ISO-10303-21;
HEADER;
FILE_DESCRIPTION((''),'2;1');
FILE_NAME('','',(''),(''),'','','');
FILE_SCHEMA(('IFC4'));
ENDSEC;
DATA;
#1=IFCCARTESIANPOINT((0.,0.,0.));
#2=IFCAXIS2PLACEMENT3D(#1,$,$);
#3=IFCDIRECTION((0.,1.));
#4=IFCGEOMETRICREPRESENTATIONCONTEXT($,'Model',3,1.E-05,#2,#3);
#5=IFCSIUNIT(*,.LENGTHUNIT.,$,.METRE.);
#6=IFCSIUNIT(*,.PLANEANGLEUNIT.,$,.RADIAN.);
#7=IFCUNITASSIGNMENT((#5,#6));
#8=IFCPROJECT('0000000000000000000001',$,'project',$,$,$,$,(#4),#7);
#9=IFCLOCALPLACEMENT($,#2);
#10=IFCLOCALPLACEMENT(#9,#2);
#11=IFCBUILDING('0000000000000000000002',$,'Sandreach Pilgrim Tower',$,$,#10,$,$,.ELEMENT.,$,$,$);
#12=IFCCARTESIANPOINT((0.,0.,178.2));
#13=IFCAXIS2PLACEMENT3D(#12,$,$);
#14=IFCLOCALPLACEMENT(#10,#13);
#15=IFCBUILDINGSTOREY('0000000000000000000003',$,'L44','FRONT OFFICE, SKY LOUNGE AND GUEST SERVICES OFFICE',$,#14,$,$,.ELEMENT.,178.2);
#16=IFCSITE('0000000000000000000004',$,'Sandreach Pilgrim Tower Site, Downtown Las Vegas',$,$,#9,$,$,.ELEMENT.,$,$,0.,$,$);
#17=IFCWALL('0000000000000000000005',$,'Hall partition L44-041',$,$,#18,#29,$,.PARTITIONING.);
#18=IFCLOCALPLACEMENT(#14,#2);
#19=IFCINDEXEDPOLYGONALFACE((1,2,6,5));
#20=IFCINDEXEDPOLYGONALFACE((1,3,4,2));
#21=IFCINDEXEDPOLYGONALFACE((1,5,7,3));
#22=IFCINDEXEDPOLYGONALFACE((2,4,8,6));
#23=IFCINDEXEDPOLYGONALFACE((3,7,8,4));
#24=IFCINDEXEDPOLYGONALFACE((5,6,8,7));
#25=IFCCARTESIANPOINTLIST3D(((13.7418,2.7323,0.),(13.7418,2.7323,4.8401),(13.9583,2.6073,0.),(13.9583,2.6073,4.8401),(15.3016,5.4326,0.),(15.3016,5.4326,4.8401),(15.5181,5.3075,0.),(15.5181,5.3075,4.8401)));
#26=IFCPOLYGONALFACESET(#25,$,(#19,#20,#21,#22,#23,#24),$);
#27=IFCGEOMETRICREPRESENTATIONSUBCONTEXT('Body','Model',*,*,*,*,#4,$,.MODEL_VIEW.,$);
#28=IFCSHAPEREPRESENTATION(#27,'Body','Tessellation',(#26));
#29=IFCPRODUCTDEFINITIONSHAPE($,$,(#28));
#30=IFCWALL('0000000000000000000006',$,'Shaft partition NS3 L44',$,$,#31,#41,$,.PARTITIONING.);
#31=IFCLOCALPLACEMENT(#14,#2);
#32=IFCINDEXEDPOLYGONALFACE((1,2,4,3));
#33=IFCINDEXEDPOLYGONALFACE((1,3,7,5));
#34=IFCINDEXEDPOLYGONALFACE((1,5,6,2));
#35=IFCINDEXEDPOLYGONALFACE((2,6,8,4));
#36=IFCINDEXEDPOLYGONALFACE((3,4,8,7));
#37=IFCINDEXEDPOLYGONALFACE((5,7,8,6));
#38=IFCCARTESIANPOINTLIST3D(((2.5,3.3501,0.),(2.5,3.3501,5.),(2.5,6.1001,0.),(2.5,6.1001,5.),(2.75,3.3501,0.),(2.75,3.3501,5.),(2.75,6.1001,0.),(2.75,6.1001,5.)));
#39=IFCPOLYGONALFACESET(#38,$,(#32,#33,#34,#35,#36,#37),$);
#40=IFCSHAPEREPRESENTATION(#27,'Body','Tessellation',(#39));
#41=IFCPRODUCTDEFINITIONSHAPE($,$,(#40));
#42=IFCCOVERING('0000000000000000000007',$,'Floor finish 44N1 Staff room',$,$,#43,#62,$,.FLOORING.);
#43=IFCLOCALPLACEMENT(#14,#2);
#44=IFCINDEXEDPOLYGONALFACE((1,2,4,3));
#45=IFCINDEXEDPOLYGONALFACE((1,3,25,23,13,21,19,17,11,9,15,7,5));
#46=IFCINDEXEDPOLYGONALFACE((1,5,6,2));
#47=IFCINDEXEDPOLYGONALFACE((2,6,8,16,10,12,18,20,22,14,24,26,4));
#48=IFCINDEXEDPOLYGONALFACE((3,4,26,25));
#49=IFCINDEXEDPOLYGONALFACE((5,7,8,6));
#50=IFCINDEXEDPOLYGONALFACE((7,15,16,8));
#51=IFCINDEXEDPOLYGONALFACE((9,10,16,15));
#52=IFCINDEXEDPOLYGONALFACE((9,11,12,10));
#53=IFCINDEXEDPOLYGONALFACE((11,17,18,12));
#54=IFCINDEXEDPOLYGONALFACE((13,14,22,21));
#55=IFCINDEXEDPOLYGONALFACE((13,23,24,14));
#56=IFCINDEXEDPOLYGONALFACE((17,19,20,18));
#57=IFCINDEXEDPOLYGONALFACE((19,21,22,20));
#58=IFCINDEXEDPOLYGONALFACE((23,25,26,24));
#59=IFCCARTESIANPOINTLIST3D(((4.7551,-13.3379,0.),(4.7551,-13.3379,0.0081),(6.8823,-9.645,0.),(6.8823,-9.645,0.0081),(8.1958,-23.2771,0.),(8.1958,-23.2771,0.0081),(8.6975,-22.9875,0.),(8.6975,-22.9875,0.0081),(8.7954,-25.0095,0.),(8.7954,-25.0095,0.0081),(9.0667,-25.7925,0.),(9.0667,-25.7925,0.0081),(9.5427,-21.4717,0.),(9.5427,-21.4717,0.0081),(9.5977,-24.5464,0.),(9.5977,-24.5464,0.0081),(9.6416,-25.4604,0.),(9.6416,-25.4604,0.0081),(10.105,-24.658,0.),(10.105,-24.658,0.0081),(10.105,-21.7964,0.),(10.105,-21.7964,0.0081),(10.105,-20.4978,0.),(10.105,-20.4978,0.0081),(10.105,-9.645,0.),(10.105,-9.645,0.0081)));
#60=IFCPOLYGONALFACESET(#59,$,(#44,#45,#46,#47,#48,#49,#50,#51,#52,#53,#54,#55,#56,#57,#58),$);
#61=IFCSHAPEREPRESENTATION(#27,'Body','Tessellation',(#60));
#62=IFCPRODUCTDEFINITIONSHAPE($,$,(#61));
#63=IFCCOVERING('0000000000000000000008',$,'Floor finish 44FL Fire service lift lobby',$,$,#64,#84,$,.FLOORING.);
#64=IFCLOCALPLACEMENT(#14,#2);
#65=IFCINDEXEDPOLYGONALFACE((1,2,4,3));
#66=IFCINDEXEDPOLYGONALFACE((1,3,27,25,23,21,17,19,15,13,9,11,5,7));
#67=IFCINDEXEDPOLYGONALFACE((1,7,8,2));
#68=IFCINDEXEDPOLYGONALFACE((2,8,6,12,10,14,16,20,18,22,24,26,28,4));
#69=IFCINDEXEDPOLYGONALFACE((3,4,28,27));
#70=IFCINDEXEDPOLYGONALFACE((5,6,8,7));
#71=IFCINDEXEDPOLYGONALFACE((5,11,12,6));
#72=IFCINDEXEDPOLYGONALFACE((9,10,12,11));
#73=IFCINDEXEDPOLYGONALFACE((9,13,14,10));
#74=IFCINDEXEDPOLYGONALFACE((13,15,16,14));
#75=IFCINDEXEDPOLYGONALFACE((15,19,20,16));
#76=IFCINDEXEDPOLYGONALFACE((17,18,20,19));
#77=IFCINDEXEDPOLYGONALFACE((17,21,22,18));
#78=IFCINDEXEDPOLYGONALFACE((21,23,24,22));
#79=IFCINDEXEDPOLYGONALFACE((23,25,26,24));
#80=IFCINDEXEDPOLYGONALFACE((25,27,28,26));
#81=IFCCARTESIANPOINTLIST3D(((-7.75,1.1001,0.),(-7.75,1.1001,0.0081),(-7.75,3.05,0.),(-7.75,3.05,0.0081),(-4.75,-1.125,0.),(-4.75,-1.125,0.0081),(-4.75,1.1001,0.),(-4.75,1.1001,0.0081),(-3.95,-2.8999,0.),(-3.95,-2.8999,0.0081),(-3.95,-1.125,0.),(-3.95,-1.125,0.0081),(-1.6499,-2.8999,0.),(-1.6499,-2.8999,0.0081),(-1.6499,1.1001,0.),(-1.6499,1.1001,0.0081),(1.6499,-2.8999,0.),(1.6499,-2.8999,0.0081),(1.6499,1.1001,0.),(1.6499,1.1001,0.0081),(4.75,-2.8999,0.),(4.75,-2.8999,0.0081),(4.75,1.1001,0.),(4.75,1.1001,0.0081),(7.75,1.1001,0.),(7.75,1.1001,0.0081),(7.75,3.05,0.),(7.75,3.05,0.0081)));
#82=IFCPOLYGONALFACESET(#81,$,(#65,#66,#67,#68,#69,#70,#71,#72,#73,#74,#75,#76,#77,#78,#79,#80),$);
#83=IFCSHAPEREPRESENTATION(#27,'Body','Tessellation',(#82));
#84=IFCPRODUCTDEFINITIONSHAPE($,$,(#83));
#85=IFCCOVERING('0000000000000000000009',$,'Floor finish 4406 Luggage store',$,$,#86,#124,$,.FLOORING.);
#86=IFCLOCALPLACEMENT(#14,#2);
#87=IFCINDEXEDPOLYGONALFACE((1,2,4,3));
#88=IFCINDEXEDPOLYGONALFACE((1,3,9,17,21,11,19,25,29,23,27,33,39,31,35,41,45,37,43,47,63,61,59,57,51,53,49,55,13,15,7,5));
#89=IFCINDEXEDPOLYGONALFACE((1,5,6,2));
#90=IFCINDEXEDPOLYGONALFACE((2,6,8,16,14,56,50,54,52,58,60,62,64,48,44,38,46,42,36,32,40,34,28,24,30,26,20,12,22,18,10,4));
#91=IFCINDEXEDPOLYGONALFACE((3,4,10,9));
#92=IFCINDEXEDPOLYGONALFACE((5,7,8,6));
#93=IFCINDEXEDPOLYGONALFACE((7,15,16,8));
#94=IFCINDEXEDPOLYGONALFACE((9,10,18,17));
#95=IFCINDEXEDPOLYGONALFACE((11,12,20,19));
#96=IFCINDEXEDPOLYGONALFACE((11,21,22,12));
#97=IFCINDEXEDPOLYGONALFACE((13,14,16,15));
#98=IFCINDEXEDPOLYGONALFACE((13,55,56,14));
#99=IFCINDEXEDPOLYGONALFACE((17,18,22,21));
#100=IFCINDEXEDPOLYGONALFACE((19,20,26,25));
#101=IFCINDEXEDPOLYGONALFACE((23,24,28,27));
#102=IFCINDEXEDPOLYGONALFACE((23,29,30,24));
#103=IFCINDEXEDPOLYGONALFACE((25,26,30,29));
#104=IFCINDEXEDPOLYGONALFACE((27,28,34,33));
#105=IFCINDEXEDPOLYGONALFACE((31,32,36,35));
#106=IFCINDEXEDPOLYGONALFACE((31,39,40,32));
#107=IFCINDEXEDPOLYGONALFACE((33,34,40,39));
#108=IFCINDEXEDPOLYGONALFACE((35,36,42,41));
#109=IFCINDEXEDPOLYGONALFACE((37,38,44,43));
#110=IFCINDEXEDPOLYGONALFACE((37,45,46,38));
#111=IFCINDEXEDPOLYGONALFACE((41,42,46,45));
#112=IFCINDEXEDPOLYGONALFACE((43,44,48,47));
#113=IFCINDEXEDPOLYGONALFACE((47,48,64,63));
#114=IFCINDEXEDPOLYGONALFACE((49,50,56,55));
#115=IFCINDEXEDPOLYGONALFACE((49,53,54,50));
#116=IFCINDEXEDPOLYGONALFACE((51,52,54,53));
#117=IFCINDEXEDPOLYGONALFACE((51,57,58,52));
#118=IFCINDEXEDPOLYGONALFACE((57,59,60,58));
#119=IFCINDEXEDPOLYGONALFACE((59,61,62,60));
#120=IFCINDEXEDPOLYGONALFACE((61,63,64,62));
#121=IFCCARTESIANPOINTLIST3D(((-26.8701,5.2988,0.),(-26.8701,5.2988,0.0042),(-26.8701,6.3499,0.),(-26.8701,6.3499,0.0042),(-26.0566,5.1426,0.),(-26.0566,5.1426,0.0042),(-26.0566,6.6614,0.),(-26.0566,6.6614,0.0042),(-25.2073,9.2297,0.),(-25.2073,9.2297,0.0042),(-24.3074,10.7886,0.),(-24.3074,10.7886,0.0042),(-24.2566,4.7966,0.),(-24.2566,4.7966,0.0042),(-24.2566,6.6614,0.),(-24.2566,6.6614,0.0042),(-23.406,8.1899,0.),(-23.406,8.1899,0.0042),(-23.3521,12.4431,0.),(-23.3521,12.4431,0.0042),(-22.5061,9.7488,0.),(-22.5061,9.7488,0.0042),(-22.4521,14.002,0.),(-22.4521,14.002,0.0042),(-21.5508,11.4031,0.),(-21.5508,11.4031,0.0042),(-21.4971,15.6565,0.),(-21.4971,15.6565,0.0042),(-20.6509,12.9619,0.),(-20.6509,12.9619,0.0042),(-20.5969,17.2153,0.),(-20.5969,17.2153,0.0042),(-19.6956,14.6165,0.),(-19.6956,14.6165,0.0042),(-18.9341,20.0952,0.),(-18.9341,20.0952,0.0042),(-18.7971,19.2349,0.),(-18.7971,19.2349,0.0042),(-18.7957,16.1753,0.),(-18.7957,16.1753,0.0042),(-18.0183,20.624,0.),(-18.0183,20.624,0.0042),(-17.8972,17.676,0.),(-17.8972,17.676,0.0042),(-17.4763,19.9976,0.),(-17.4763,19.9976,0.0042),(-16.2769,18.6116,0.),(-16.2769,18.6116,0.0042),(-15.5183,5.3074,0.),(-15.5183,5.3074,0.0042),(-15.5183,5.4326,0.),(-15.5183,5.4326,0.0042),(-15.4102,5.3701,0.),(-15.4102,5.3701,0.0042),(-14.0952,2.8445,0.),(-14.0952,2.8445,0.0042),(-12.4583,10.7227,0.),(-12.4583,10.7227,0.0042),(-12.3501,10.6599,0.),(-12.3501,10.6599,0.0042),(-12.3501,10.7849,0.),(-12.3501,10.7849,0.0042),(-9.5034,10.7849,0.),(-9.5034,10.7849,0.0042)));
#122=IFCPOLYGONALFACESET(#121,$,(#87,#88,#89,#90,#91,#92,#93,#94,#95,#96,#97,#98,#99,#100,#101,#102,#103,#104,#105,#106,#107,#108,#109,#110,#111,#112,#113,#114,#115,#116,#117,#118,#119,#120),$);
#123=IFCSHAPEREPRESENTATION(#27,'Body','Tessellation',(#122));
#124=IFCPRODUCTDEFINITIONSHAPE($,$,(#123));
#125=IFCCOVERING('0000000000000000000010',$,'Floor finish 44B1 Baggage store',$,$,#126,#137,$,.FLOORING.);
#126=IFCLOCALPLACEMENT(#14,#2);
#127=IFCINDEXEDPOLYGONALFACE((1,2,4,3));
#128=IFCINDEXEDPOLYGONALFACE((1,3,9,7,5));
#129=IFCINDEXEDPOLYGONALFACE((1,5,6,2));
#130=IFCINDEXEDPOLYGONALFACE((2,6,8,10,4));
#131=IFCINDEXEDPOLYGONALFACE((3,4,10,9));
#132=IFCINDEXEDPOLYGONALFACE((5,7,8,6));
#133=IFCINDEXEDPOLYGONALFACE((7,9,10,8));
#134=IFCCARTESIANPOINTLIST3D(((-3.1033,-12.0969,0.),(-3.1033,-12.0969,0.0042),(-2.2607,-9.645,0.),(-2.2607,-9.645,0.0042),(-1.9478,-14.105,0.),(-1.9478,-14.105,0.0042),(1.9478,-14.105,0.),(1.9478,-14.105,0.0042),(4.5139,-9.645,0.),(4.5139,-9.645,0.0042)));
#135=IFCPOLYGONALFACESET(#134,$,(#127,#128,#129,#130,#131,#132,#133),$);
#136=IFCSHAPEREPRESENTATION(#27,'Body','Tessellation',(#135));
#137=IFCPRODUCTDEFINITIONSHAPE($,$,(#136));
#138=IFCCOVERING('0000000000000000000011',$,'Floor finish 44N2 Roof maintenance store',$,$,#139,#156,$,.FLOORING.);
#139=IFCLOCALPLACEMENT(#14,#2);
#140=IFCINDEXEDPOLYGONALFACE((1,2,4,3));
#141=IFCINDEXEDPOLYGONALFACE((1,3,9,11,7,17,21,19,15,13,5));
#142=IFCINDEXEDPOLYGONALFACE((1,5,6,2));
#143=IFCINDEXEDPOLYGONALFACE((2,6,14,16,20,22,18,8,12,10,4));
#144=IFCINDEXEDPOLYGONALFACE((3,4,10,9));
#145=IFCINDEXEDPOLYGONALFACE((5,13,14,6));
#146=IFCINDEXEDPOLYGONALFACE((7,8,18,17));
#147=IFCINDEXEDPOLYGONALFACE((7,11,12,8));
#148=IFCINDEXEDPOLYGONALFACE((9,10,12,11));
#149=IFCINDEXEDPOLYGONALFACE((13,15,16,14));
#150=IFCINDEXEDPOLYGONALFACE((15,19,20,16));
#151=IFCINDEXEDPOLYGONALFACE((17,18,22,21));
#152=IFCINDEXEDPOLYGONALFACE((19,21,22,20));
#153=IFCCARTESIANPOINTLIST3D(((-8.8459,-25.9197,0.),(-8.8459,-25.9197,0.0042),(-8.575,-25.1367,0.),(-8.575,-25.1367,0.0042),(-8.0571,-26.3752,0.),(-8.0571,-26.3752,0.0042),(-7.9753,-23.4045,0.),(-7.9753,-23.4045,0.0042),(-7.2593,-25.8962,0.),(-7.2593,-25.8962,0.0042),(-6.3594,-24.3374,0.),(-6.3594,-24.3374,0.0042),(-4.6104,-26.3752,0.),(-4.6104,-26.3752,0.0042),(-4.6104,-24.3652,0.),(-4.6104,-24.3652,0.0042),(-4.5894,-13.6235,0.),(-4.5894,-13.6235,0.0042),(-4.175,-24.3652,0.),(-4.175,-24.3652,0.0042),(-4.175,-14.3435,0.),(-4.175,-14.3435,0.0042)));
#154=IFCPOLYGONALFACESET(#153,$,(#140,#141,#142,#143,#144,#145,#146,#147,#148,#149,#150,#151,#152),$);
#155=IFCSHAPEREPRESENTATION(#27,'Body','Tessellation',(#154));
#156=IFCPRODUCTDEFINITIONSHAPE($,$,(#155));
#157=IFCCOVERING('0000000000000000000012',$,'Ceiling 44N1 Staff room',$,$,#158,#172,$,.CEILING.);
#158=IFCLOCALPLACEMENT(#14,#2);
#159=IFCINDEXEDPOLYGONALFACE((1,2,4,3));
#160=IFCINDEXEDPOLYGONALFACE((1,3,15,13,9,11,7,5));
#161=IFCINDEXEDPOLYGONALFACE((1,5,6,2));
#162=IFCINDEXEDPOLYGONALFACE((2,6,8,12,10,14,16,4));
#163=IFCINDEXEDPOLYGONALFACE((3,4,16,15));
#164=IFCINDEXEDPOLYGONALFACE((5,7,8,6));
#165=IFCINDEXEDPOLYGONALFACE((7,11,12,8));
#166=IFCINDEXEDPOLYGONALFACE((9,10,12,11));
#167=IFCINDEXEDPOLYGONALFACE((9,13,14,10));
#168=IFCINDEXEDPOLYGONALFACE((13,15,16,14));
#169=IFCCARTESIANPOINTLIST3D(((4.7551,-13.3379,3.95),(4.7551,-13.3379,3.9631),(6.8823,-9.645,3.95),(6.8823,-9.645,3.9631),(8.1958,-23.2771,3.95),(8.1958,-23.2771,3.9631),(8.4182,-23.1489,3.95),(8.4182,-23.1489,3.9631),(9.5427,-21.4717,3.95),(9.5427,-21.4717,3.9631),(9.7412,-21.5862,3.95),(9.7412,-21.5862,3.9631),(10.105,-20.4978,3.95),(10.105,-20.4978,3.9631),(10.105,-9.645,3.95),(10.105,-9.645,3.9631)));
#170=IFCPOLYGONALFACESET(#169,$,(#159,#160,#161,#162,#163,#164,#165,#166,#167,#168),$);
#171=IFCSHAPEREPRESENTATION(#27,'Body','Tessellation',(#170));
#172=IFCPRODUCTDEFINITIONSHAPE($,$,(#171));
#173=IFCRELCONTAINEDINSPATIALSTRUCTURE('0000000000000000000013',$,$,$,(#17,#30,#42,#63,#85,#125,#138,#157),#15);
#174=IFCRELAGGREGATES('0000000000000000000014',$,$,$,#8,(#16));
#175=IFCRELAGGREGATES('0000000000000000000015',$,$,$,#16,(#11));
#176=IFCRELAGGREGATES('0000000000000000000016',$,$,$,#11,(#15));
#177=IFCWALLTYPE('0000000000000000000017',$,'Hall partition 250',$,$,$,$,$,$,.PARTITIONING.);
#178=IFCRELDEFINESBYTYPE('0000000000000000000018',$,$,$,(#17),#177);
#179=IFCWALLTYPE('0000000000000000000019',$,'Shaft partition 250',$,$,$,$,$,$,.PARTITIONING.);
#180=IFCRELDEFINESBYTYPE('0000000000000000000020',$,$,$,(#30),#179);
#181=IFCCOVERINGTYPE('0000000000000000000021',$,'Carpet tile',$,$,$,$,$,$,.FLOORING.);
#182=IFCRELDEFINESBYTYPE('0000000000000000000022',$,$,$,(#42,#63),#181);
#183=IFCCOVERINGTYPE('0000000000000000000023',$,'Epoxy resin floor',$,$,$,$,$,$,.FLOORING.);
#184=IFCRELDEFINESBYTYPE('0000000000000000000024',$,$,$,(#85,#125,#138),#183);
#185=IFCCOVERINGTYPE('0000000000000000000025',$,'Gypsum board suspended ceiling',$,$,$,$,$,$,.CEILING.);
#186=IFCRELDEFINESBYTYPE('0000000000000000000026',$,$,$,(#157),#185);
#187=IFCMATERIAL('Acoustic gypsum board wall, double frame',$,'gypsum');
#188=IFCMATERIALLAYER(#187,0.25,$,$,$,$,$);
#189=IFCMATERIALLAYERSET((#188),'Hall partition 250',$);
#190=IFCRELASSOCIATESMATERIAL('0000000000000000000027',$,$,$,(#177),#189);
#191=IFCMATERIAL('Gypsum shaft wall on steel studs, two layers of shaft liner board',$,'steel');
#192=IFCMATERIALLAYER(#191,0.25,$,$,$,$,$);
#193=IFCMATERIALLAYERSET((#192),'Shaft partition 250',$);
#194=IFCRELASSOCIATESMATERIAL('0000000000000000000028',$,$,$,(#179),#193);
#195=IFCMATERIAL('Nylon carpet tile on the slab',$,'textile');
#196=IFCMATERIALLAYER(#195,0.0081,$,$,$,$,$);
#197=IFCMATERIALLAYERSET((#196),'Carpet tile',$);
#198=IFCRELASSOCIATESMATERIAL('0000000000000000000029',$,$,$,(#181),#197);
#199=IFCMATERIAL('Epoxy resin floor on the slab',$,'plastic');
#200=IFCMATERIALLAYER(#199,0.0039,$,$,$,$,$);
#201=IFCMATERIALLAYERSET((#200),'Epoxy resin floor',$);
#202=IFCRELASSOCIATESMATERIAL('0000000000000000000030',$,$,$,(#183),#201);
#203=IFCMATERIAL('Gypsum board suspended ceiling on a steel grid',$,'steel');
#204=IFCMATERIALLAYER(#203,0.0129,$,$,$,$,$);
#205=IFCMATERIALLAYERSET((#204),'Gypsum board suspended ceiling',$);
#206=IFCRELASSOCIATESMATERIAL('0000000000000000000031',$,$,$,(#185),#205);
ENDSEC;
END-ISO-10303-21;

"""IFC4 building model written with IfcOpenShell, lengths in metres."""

from ifc_helpers import new_model, si_unit, direction, frame, frame_2d, origin, place, context, subcontext, project, spatial, polyline, rectangle, outline, extrude, material, layer, layer_set, type_object, element, save


model = new_model("IFC4")

# Units and contexts
model_context = context("Model", 3, precision=1e-05, world=origin(), true_north=direction((0.0, 1.0)))
body_context = subcontext(model_context, "Body", "Model", "MODEL_VIEW")
ifc_project = project(units=[si_unit("LENGTHUNIT", "METRE"), si_unit("PLANEANGLEUNIT", "RADIAN")], contexts=[model_context])

# Site, building, storey
site_placement = place(None, origin())
site = spatial("IfcSite", under=ifc_project, at=site_placement, Name="Sandreach Pilgrim Tower Site, Downtown Las Vegas", CompositionType="ELEMENT", RefElevation=0.0)
building_placement = place(site_placement, origin())
building = spatial("IfcBuilding", under=site, at=building_placement, Name="Sandreach Pilgrim Tower", CompositionType="ELEMENT")
storey_placement = place(building_placement, frame((0.0, 0.0, 178.2)))
storey = spatial("IfcBuildingStorey", under=building, at=storey_placement, Name="L44", Description="FRONT OFFICE, SKY LOUNGE AND GUEST SERVICES OFFICE", CompositionType="ELEMENT", Elevation=178.2)

# Walls
ifc_material_1 = material(Name="Acoustic gypsum board wall, double frame", Category="gypsum")
ifc_layer_1 = layer(ifc_material_1, 0.25)
ifc_layer_set_1 = layer_set([ifc_layer_1], Name="Hall partition 250")
wall_type_1 = type_object("IfcWallType", Name="Hall partition 250", PredefinedType="PARTITIONING", material=ifc_layer_set_1)
wall_1_placement = place(storey_placement, frame((13.8501, 2.6699, 0.0), z_axis=(0.0, 0.0, 1.0), x_axis=(0.500206, 0.865907, 0.0)))
element("IfcWall", 1, at=wall_1_placement, inside=storey, type_object=wall_type_1, Name="Hall partition L44-041", PredefinedType="PARTITIONING", context=body_context, shape_type="SweptSolid", body=[
    extrude(rectangle(XDim=3.1184, YDim=0.25, at=frame_2d((1.5591, 0.0))), origin(), (0.0, 0.0, 1.0), 4.8401),
])
ifc_material_2 = material(Name="Gypsum shaft wall on steel studs, two layers of shaft liner board", Category="steel")
ifc_layer_2 = layer(ifc_material_2, 0.25)
ifc_layer_set_2 = layer_set([ifc_layer_2], Name="Shaft partition 250")
wall_type_2 = type_object("IfcWallType", Name="Shaft partition 250", PredefinedType="PARTITIONING", material=ifc_layer_set_2)
wall_2_placement = place(storey_placement, frame((2.625, 3.3501, 0.0), z_axis=(0.0, 0.0, 1.0), x_axis=(0.0, 1.0, 0.0)))
element("IfcWall", 2, at=wall_2_placement, inside=storey, type_object=wall_type_2, Name="Shaft partition NS3 L44", PredefinedType="PARTITIONING", context=body_context, shape_type="SweptSolid", body=[
    extrude(rectangle(XDim=2.75, YDim=0.25, at=frame_2d((1.375, 0.0))), origin(), (0.0, 0.0, 1.0), 5.0),
])

# Coverings
ifc_material_3 = material(Name="Nylon carpet tile on the slab", Category="textile")
ifc_layer_3 = layer(ifc_material_3, 0.0081)
ifc_layer_set_3 = layer_set([ifc_layer_3], Name="Carpet tile")
covering_type_1 = type_object("IfcCoveringType", Name="Carpet tile", PredefinedType="FLOORING", material=ifc_layer_set_3)
covering_1_placement = place(storey_placement, origin())
element("IfcCovering", 3, at=covering_1_placement, inside=storey, type_object=covering_type_1, Name="Floor finish 44N1 Staff room", PredefinedType="FLOORING", context=body_context, shape_type="SweptSolid", body=[
    extrude(outline(polyline([(9.6416, -25.4604), (9.0667, -25.7925), (8.7954, -25.0095), (9.5977, -24.5464), (8.6975, -22.9875), (8.1958, -23.2771), (4.7551, -13.3379), (6.8823, -9.645), (10.105, -9.645), (10.105, -20.4978), (9.5427, -21.4717), (10.105, -21.7964), (10.105, -24.658), (9.6416, -25.4604)])), origin(), (0.0, 0.0, 1.0), 0.0081),
])
covering_2_placement = place(storey_placement, origin())
element("IfcCovering", 4, at=covering_2_placement, inside=storey, type_object=covering_type_1, Name="Floor finish 44FL Fire service lift lobby", PredefinedType="FLOORING", context=body_context, shape_type="SweptSolid", body=[
    extrude(outline(polyline([(-3.95, -1.125), (-4.75, -1.125), (-4.75, 1.1001), (-7.75, 1.1001), (-7.75, 3.05), (7.75, 3.05), (7.75, 1.1001), (4.75, 1.1001), (4.75, -2.8999), (1.6499, -2.8999), (1.6499, 1.1001), (-1.6499, 1.1001), (-1.6499, -2.8999), (-3.95, -2.8999), (-3.95, -1.125)])), origin(), (0.0, 0.0, 1.0), 0.0081),
])
ifc_material_4 = material(Name="Epoxy resin floor on the slab", Category="plastic")
ifc_layer_4 = layer(ifc_material_4, 0.0039)
ifc_layer_set_4 = layer_set([ifc_layer_4], Name="Epoxy resin floor")
covering_type_2 = type_object("IfcCoveringType", Name="Epoxy resin floor", PredefinedType="FLOORING", material=ifc_layer_set_4)
covering_3_placement = place(storey_placement, origin())
element("IfcCovering", 5, at=covering_3_placement, inside=storey, type_object=covering_type_2, Name="Floor finish 4406 Luggage store", PredefinedType="FLOORING", context=body_context, shape_type="SweptSolid", body=[
    extrude(outline(polyline([(-25.2073, 9.2297), (-23.406, 8.1899), (-22.5061, 9.7488), (-24.3074, 10.7886), (-23.3521, 12.4431), (-21.5508, 11.4031), (-20.6509, 12.9619), (-22.4521, 14.002), (-21.4971, 15.6565), (-19.6956, 14.6165), (-18.7957, 16.1753), (-20.5969, 17.2153), (-18.9341, 20.0952), (-18.0183, 20.624), (-17.4763, 19.9976), (-18.7971, 19.2349), (-17.8972, 17.676), (-16.2769, 18.6116), (-9.5034, 10.7849), (-12.3501, 10.7849), (-12.3501, 10.6599), (-12.4583, 10.7227), (-15.5183, 5.4326), (-15.4102, 5.3701), (-15.5183, 5.3074), (-14.0952, 2.8445), (-24.2566, 4.7966), (-24.2566, 6.6614), (-26.0566, 6.6614), (-26.0566, 5.1426), (-26.8701, 5.2988), (-26.8701, 6.3499), (-25.2073, 9.2297)])), origin(), (0.0, 0.0, 1.0), 0.0042),
])
covering_4_placement = place(storey_placement, origin())
element("IfcCovering", 6, at=covering_4_placement, inside=storey, type_object=covering_type_2, Name="Floor finish 44B1 Baggage store", PredefinedType="FLOORING", context=body_context, shape_type="SweptSolid", body=[
    extrude(outline(polyline([(4.5139, -9.645), (1.9478, -14.105), (-1.9478, -14.105), (-3.1033, -12.0969), (-2.2607, -9.645), (4.5139, -9.645)])), origin(), (0.0, 0.0, 1.0), 0.0042),
])
covering_5_placement = place(storey_placement, origin())
element("IfcCovering", 7, at=covering_5_placement, inside=storey, type_object=covering_type_2, Name="Floor finish 44N2 Roof maintenance store", PredefinedType="FLOORING", context=body_context, shape_type="SweptSolid", body=[
    extrude(outline(polyline([(-8.0571, -26.3752), (-8.8459, -25.9197), (-8.575, -25.1367), (-7.2593, -25.8962), (-6.3594, -24.3374), (-7.9753, -23.4045), (-4.5894, -13.6235), (-4.175, -14.3435), (-4.175, -24.3652), (-4.6104, -24.3652), (-4.6104, -26.3752), (-8.0571, -26.3752)])), origin(), (0.0, 0.0, 1.0), 0.0042),
])
ifc_material_5 = material(Name="Gypsum board suspended ceiling on a steel grid", Category="steel")
ifc_layer_5 = layer(ifc_material_5, 0.0129)
ifc_layer_set_5 = layer_set([ifc_layer_5], Name="Gypsum board suspended ceiling")
covering_type_3 = type_object("IfcCoveringType", Name="Gypsum board suspended ceiling", PredefinedType="CEILING", material=ifc_layer_set_5)
covering_6_placement = place(storey_placement, frame((0.0, 0.0, 3.95)))
element("IfcCovering", 8, at=covering_6_placement, inside=storey, type_object=covering_type_3, Name="Ceiling 44N1 Staff room", PredefinedType="CEILING", context=body_context, shape_type="SweptSolid", body=[
    extrude(outline(polyline([(8.1958, -23.2771), (4.7551, -13.3379), (6.8823, -9.645), (10.105, -9.645), (10.105, -20.4978), (9.5427, -21.4717), (9.7412, -21.5862), (8.4182, -23.1489), (8.1958, -23.2771)])), origin(), (0.0, 0.0, 1.0), 0.0132),
])

save(model, "model.ifc")
